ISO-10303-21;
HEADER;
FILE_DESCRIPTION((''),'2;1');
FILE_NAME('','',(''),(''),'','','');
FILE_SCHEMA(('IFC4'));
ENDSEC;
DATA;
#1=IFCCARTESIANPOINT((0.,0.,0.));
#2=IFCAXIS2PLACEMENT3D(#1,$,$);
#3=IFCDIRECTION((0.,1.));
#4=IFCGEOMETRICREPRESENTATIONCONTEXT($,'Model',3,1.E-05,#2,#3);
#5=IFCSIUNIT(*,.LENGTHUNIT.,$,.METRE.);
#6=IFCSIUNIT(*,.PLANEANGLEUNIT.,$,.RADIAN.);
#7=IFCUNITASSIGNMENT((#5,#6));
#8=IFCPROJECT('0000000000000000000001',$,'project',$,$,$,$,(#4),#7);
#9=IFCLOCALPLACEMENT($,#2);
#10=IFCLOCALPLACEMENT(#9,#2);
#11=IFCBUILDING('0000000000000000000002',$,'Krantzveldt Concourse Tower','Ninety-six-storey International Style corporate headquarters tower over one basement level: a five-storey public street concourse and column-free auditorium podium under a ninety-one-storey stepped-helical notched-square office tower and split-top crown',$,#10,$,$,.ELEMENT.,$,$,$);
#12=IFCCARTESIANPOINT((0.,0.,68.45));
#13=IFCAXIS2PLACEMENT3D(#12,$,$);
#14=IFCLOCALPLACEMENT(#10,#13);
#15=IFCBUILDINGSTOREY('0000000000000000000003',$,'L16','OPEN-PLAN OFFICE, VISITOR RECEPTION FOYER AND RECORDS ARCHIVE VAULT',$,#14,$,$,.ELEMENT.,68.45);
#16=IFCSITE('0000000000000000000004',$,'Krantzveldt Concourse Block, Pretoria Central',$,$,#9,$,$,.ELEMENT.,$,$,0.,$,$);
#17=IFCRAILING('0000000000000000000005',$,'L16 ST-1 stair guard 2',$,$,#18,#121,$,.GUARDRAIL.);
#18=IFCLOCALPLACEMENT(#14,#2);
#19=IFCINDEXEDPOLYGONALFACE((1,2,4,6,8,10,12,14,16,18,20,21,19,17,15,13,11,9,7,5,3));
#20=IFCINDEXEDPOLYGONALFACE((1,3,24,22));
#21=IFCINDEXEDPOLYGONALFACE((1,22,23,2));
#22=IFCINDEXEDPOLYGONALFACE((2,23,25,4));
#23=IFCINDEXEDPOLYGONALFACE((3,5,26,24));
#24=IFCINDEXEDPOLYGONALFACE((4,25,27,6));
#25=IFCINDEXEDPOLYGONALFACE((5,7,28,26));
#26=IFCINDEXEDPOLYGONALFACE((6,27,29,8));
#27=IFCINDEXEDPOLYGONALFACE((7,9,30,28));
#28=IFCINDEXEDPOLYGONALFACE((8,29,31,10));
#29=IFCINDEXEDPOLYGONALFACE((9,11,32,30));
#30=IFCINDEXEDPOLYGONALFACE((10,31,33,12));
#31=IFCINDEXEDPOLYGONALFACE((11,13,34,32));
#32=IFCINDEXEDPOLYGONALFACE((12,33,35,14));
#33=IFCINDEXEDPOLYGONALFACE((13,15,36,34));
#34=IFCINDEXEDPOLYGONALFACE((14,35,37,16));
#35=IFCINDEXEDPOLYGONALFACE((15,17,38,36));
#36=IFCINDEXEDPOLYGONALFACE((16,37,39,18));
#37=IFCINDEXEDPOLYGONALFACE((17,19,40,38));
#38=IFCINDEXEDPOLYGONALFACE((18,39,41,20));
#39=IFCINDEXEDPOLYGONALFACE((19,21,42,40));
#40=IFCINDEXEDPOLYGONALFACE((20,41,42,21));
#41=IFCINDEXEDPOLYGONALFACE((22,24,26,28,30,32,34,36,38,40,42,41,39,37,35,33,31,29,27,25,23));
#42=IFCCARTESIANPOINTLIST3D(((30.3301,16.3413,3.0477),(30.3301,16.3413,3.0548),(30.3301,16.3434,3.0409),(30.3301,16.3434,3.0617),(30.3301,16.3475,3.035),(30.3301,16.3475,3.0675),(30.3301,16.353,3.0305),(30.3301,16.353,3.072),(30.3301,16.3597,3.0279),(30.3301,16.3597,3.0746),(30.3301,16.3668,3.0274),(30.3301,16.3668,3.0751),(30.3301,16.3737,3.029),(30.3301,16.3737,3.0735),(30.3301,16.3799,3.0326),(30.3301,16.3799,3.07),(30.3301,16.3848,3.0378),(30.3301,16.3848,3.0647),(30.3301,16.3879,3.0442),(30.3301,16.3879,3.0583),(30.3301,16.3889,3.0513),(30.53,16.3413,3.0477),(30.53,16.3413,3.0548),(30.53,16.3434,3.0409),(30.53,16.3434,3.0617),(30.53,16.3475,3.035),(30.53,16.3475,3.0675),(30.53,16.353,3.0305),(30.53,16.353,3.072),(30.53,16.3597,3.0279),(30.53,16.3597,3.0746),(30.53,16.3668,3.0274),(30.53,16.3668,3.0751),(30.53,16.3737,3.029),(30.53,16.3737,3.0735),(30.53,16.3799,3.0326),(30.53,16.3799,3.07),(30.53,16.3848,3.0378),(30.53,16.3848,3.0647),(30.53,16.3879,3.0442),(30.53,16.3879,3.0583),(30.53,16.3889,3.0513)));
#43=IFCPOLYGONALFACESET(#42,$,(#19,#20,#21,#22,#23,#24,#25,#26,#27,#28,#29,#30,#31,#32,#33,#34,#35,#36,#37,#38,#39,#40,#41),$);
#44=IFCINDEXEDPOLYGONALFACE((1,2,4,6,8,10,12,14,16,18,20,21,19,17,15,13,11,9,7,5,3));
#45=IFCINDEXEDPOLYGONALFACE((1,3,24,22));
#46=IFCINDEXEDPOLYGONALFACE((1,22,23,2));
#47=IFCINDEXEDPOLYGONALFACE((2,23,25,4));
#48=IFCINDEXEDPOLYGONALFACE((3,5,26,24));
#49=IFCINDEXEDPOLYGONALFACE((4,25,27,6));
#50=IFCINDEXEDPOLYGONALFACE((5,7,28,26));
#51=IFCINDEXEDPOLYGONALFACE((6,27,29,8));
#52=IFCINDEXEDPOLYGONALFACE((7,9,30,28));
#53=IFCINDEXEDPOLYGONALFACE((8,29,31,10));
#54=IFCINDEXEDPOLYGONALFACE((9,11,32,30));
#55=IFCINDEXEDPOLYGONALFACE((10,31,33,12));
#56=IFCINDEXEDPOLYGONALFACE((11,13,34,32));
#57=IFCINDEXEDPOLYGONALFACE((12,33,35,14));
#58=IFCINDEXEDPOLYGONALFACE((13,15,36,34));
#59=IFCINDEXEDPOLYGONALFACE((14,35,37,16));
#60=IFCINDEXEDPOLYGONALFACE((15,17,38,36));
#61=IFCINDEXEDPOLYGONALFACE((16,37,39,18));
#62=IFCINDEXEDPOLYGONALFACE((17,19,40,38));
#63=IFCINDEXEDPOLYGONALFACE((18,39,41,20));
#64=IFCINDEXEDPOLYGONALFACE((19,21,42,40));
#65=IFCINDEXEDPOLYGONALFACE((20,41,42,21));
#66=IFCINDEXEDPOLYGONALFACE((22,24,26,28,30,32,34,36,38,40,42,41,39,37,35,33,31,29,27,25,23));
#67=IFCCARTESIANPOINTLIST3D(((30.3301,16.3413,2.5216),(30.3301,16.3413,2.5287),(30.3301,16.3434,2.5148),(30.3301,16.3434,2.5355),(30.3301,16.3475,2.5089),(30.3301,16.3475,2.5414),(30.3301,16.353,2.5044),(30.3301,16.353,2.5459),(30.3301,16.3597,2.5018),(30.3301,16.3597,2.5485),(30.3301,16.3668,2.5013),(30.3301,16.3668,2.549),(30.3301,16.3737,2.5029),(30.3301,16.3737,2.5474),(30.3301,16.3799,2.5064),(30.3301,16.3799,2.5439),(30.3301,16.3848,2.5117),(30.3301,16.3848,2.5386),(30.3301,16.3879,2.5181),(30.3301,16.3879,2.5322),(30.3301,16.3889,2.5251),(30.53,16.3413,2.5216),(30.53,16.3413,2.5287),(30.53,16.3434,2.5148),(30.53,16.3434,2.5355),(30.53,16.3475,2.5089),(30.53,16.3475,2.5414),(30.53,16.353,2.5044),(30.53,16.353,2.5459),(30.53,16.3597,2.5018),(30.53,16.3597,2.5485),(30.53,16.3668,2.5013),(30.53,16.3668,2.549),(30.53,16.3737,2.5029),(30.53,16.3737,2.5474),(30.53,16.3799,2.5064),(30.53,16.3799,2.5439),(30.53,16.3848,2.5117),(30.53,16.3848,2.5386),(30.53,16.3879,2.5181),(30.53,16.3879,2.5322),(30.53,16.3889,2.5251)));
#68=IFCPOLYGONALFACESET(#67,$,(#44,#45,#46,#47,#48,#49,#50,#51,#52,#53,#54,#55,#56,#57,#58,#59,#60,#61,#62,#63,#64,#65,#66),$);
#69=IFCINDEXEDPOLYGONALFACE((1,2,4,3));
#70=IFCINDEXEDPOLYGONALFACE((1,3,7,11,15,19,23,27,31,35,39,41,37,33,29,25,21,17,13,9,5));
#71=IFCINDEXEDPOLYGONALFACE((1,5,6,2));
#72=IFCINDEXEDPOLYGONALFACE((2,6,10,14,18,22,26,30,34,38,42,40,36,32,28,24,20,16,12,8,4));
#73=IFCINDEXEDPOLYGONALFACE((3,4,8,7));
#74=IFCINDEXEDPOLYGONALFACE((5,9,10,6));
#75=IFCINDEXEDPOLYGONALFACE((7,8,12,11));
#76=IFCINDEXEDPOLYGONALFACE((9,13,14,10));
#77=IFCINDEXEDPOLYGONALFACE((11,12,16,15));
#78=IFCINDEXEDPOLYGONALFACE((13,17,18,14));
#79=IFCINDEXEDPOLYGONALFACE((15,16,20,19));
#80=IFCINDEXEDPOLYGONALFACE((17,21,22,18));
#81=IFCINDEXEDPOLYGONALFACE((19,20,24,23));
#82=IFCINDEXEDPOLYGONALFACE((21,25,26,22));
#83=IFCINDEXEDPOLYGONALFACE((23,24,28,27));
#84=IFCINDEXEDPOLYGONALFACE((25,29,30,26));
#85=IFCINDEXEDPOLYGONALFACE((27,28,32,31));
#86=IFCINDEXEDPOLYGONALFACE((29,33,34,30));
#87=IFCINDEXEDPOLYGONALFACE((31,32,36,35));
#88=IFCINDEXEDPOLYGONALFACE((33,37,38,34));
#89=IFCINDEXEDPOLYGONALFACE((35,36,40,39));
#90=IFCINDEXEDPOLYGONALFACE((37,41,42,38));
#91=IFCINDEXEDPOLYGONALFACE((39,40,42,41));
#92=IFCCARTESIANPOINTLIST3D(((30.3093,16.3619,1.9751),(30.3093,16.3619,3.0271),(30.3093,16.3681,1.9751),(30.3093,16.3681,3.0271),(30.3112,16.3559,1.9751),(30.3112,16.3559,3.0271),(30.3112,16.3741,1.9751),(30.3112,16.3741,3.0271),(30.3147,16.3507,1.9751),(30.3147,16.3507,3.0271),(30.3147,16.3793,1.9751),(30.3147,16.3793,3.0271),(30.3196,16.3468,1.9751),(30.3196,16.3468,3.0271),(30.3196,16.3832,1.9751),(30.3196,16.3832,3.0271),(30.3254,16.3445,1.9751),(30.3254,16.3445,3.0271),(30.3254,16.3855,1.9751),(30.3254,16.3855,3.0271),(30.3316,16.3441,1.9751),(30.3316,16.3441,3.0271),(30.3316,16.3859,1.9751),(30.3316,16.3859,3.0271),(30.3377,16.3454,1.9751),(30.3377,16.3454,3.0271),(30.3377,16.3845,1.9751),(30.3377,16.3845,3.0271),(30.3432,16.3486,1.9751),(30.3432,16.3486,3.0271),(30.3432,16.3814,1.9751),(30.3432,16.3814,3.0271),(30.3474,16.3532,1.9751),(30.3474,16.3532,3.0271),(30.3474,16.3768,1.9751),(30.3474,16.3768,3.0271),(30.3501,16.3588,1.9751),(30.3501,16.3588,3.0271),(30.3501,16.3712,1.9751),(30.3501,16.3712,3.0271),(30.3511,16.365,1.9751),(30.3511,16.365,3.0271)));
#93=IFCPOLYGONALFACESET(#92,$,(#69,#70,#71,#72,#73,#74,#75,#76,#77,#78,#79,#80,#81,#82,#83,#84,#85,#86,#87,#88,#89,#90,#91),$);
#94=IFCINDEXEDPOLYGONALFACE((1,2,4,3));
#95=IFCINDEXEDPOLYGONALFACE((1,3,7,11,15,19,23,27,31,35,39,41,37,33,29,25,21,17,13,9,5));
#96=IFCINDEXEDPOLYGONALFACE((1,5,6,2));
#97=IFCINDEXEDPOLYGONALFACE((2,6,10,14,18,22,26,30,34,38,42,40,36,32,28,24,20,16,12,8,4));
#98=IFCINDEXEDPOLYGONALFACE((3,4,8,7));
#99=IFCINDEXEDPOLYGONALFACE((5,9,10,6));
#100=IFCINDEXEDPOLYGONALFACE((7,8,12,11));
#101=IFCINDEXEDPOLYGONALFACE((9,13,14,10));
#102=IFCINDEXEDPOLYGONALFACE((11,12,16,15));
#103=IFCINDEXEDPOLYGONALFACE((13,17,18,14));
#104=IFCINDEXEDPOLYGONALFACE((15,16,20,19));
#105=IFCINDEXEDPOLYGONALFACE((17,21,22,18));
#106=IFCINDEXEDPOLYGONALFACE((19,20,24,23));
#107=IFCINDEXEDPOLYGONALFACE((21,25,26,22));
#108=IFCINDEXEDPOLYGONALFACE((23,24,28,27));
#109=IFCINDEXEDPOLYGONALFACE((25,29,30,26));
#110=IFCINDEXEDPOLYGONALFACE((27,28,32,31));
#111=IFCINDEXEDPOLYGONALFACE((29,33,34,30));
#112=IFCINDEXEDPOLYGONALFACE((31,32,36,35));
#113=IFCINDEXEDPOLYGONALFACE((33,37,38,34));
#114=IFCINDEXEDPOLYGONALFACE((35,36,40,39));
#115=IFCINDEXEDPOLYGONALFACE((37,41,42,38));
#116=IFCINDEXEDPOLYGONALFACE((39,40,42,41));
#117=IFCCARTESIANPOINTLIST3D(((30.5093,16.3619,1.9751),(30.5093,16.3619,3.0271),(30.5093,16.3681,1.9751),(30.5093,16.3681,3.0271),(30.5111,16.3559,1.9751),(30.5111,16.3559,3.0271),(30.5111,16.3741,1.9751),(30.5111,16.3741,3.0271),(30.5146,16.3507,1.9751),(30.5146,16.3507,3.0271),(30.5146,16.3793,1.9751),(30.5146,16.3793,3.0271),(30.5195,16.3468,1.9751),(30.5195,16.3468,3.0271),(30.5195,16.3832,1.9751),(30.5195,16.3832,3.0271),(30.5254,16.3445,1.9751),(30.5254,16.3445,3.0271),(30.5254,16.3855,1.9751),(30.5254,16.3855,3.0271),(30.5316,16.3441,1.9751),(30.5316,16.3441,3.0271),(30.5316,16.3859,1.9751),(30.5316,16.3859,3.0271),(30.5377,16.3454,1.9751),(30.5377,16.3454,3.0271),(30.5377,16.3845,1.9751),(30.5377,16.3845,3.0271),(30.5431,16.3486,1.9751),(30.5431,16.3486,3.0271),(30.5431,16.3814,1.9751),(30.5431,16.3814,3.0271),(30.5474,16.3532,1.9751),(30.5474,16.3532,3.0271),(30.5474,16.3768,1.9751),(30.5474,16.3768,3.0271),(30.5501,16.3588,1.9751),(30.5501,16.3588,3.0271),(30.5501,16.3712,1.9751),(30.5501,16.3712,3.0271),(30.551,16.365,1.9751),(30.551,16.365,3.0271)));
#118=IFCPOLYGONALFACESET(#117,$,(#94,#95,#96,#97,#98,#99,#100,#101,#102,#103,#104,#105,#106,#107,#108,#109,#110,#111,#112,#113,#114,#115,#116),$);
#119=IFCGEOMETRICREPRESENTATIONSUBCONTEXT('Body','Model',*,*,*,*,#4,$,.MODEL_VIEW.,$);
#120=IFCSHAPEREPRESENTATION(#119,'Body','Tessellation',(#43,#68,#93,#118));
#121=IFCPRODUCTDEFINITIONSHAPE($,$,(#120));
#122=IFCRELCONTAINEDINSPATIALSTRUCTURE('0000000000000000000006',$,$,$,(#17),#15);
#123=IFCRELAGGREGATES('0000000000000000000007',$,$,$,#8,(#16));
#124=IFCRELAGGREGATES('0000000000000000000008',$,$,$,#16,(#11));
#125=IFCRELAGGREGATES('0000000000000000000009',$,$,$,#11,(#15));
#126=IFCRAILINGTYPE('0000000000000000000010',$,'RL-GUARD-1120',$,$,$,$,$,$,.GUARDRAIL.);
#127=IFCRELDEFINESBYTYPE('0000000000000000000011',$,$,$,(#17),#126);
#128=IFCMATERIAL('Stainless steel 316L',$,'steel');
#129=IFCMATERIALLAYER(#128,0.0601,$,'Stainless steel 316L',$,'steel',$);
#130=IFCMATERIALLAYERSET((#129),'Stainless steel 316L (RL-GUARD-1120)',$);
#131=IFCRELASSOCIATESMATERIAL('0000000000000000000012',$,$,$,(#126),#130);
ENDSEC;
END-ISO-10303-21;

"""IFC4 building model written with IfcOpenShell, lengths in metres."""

from ifc_helpers import new_model, si_unit, direction, frame, origin, origin_2d, place, context, subcontext, project, spatial, circle, extrude, material, layer, layer_set, type_object, element, save


model = new_model("IFC4")

# Units and contexts
model_context = context("Model", 3, precision=1e-05, world=origin(), true_north=direction((0.0, 1.0)))
body_context = subcontext(model_context, "Body", "Model", "MODEL_VIEW")
ifc_project = project(units=[si_unit("LENGTHUNIT", "METRE"), si_unit("PLANEANGLEUNIT", "RADIAN")], contexts=[model_context])

# Site, building, storey
site_placement = place(None, origin())
site = spatial("IfcSite", under=ifc_project, at=site_placement, Name="Krantzveldt Concourse Block, Pretoria Central", CompositionType="ELEMENT", RefElevation=0.0)
building_placement = place(site_placement, origin())
building = spatial("IfcBuilding", under=site, at=building_placement, Name="Krantzveldt Concourse Tower", Description="Ninety-six-storey International Style corporate headquarters tower over one basement level: a five-storey public street concourse and column-free auditorium podium under a ninety-one-storey stepped-helical notched-square office tower and split-top crown", CompositionType="ELEMENT")
storey_placement = place(building_placement, frame((0.0, 0.0, 68.45)))
storey = spatial("IfcBuildingStorey", under=building, at=storey_placement, Name="L16", Description="OPEN-PLAN OFFICE, VISITOR RECEPTION FOYER AND RECORDS ARCHIVE VAULT", CompositionType="ELEMENT", Elevation=68.45)

# Railing
ifc_material_1 = material(Name="Stainless steel 316L", Category="steel")
ifc_layer_1 = layer(ifc_material_1, 0.0601, Name="Stainless steel 316L", Category="steel")
ifc_layer_set_1 = layer_set([ifc_layer_1], Name="Stainless steel 316L (RL-GUARD-1120)")
railing_type_1 = type_object("IfcRailingType", Name="RL-GUARD-1120", PredefinedType="GUARDRAIL", material=ifc_layer_set_1)
railing_1_placement = place(storey_placement, frame((30.3301, 16.365, 1.9751)))
element("IfcRailing", 1, at=railing_1_placement, inside=storey, type_object=railing_type_1, Name="L16 ST-1 stair guard 2", PredefinedType="GUARDRAIL", context=body_context, shape_type="SweptSolid", body=[
    extrude(circle(Radius=0.0239, at=origin_2d()), frame((0.0, 0.0, 1.0762), z_axis=(1.0, 0.0, 0.0), x_axis=(0.0, 1.0, 0.0)), (0.0, 0.0, 1.0), 0.2),
    extrude(circle(Radius=0.0239, at=origin_2d()), frame((0.0, 0.0, 0.55), z_axis=(1.0, 0.0, 0.0), x_axis=(0.0, 1.0, 0.0)), (0.0, 0.0, 1.0), 0.2),
    extrude(circle(Radius=0.021, at=origin_2d()), origin(), (0.0, 0.0, 1.0), 1.052),
    extrude(circle(Radius=0.021, at=origin_2d()), frame((0.2, 0.0, 0.0)), (0.0, 0.0, 1.0), 1.052),
])

save(model, "model.ifc")
